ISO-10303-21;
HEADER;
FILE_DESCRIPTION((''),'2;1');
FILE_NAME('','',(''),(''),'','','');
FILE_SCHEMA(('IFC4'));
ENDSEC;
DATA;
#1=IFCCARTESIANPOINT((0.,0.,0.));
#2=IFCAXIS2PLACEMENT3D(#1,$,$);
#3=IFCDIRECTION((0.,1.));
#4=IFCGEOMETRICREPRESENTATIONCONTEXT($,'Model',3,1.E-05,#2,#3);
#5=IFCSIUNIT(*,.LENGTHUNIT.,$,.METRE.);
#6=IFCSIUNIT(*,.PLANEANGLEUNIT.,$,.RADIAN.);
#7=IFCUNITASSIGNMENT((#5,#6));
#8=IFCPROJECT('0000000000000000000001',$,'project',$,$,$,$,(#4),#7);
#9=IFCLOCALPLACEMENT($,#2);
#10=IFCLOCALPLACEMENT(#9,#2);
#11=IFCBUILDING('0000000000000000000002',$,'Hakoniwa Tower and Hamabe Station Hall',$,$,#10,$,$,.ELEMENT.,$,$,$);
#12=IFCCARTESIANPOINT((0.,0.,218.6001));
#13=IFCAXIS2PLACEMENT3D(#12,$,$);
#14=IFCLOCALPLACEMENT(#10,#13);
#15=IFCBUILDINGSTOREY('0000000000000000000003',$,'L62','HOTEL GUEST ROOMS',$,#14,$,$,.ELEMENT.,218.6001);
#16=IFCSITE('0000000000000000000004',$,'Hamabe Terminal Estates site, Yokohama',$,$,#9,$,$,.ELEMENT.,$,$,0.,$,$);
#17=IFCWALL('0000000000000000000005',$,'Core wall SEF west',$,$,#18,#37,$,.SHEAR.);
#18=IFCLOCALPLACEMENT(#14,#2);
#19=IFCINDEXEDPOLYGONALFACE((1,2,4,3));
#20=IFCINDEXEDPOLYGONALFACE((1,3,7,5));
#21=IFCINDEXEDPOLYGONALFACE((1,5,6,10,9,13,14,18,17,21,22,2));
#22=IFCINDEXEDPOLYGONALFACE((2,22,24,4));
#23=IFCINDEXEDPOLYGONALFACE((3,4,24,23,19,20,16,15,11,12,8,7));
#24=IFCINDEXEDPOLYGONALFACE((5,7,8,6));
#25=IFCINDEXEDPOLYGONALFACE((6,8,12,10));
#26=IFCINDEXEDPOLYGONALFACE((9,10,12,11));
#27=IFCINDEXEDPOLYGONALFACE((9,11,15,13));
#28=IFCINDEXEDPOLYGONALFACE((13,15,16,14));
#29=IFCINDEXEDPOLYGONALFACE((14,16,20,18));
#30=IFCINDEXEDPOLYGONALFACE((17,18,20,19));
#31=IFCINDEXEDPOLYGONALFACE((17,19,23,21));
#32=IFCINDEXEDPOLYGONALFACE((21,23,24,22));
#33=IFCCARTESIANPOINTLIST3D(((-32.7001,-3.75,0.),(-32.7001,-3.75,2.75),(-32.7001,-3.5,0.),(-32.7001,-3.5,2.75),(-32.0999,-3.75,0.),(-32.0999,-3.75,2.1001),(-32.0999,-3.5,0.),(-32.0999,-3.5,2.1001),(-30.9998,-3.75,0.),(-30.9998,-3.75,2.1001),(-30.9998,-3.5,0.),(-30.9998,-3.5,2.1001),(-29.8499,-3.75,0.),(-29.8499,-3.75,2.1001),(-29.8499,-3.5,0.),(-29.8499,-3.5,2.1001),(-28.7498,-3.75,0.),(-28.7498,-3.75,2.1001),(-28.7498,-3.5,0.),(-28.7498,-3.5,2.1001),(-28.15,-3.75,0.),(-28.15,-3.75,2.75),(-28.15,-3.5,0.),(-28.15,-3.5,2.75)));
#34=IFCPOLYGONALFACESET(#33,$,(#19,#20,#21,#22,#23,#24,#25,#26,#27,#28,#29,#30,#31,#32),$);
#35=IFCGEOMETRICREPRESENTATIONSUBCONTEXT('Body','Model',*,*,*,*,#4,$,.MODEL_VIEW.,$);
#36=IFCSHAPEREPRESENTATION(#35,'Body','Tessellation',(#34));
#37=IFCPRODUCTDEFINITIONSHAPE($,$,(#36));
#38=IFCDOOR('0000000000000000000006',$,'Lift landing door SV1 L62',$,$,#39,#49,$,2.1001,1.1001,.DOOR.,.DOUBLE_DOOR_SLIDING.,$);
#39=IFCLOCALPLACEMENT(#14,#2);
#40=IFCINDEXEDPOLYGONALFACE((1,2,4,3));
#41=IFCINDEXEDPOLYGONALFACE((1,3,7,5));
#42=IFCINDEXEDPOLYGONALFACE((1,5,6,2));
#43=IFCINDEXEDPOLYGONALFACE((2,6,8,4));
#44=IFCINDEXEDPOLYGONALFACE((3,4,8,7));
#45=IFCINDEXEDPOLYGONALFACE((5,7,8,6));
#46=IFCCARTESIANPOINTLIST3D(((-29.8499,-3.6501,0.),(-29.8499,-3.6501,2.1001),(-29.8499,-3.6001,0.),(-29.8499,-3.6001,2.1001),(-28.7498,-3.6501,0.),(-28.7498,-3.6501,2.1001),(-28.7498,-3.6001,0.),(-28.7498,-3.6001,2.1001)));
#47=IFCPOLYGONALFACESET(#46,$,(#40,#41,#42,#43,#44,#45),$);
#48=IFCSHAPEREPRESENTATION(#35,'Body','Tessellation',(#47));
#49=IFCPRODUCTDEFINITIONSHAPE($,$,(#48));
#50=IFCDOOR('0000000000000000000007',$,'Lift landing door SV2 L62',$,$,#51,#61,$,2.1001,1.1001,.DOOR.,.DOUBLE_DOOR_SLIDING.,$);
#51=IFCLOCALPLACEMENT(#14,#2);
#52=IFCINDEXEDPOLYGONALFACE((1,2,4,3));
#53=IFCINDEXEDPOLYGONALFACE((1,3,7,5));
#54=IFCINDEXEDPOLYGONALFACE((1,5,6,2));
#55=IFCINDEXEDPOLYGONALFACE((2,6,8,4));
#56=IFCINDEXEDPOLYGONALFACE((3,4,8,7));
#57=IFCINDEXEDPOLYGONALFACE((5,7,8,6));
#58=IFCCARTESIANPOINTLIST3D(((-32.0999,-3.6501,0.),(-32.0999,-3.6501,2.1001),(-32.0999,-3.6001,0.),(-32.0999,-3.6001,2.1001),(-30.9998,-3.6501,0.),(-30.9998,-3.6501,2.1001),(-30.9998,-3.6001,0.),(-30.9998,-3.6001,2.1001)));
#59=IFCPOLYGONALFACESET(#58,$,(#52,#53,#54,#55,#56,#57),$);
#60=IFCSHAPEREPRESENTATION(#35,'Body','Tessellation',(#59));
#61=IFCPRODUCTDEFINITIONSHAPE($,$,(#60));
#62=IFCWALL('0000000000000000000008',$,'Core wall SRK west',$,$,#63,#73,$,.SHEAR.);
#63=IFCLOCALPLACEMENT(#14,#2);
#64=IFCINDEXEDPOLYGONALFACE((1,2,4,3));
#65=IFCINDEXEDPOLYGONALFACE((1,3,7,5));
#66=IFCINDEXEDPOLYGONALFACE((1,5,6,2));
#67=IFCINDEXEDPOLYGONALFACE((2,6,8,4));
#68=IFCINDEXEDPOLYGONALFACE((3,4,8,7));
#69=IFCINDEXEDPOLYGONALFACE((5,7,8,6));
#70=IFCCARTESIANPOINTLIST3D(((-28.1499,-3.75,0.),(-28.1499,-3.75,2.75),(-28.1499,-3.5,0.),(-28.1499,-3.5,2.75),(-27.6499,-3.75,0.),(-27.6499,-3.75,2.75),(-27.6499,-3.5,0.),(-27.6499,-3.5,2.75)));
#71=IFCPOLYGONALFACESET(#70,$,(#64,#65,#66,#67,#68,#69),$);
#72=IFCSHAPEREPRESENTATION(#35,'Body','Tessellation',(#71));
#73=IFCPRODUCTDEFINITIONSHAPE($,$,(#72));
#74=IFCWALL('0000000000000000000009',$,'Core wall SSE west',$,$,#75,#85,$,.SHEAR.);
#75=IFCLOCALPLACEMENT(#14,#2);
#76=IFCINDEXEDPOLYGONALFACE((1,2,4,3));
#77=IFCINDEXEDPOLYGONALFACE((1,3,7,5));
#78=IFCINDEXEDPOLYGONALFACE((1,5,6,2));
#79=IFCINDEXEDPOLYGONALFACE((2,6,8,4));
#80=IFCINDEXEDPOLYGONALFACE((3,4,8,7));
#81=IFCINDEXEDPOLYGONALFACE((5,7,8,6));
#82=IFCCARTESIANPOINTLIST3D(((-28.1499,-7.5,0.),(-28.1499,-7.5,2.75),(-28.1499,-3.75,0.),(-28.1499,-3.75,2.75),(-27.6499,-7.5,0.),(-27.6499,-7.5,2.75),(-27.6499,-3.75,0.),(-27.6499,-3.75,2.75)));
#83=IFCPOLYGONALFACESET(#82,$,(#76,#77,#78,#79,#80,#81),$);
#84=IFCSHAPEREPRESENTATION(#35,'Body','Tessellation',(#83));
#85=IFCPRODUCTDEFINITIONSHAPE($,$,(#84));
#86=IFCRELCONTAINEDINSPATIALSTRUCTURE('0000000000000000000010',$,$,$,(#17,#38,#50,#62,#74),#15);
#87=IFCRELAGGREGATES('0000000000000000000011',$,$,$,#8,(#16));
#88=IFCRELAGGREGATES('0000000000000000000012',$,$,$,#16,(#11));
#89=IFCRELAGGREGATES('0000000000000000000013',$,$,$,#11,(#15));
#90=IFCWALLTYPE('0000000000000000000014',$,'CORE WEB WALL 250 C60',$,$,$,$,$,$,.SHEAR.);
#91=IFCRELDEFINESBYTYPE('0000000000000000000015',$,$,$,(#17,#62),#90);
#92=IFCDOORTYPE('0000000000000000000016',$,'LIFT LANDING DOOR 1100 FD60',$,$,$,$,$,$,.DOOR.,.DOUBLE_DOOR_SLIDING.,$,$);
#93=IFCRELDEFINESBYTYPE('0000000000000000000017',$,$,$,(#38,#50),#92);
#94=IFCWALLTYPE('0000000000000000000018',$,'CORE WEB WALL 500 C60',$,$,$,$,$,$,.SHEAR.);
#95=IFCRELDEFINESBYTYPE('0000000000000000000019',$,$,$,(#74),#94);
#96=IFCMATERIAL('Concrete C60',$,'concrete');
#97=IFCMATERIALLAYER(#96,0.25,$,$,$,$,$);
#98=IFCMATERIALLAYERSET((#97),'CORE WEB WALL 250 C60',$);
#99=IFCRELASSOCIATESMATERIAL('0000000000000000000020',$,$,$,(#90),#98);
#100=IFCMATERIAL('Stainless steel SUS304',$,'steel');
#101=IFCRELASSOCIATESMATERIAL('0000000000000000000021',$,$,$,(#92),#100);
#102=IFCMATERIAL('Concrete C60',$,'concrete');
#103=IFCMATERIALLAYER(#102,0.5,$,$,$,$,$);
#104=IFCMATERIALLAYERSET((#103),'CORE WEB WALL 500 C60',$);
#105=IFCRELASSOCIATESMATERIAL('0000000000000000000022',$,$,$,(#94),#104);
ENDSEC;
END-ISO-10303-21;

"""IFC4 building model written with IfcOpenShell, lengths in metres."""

from ifc_helpers import new_model, si_unit, direction, frame, frame_2d, origin, place, context, subcontext, project, spatial, rectangle, extrude, material, layer, layer_set, type_object, element, fill, save


model = new_model("IFC4")

# Units and contexts
model_context = context("Model", 3, precision=1e-05, world=origin(), true_north=direction((0.0, 1.0)))
body_context = subcontext(model_context, "Body", "Model", "MODEL_VIEW")
ifc_project = project(units=[si_unit("LENGTHUNIT", "METRE"), si_unit("PLANEANGLEUNIT", "RADIAN")], contexts=[model_context])

# Site, building, storey
site_placement = place(None, origin())
site = spatial("IfcSite", under=ifc_project, at=site_placement, Name="Hamabe Terminal Estates site, Yokohama", CompositionType="ELEMENT", RefElevation=0.0)
building_placement = place(site_placement, origin())
building = spatial("IfcBuilding", under=site, at=building_placement, Name="Hakoniwa Tower and Hamabe Station Hall", CompositionType="ELEMENT")
storey_placement = place(building_placement, frame((0.0, 0.0, 218.6001)))
storey = spatial("IfcBuildingStorey", under=building, at=storey_placement, Name="L62", Description="HOTEL GUEST ROOMS", CompositionType="ELEMENT", Elevation=218.6001)

# Shared definitions
ifc_material_1 = material(Name="Concrete C60", Category="concrete")
ifc_layer_1 = layer(ifc_material_1, 0.25)
ifc_layer_set_1 = layer_set([ifc_layer_1], Name="CORE WEB WALL 250 C60")
wall_type_1 = type_object("IfcWallType", Name="CORE WEB WALL 250 C60", PredefinedType="SHEAR", material=ifc_layer_set_1)

# Shared definitions
ifc_material_2 = material(Name="Stainless steel SUS304", Category="steel")
door_type_1 = type_object("IfcDoorType", Name="LIFT LANDING DOOR 1100 FD60", OperationType="DOUBLE_DOOR_SLIDING", PredefinedType="DOOR", material=ifc_material_2)

# Wall, openings, doors
wall_1_placement = place(storey_placement, frame((-32.7, -3.625, 0.0), z_axis=(0.0, 0.0, 1.0), x_axis=(1.0, 0.0, 0.0)))
wall_1 = element("IfcWall", 1, at=wall_1_placement, inside=storey, type_object=wall_type_1, Name="Core wall SEF west", PredefinedType="SHEAR", context=body_context, shape_type="SweptSolid", body=[
    extrude(rectangle(XDim=4.55, YDim=0.25, at=frame_2d((2.2749, 0.0))), origin(), (0.0, 0.0, 1.0), 2.75),
])
opening_1_placement = place(wall_1_placement, frame((2.8501, 0.0, 0.0)))
opening_1 = element("IfcOpeningElement", 2, at=opening_1_placement, cuts=wall_1, PredefinedType="OPENING", context=body_context, shape_type="SweptSolid", body=[
    extrude(rectangle(XDim=1.1001, YDim=2.1001, at=frame_2d((0.55, 1.05))), frame((0.0, 0.135, 0.0), z_axis=(0.0, -1.0, 0.0), x_axis=(1.0, 0.0, 0.0)), (0.0, 0.0, 1.0), 0.27),
])
opening_2_placement = place(wall_1_placement, frame((0.6001, 0.0, 0.0)))
opening_2 = element("IfcOpeningElement", 3, at=opening_2_placement, cuts=wall_1, PredefinedType="OPENING", context=body_context, shape_type="SweptSolid", body=[
    extrude(rectangle(XDim=1.1001, YDim=2.1001, at=frame_2d((0.55, 1.05))), frame((0.0, 0.135, 0.0), z_axis=(0.0, -1.0, 0.0), x_axis=(1.0, 0.0, 0.0)), (0.0, 0.0, 1.0), 0.27),
])
door_1_placement = place(opening_1_placement, origin())
door_1 = element("IfcDoor", 4, at=door_1_placement, inside=storey, type_object=door_type_1, Name="Lift landing door SV1 L62", OperationType="DOUBLE_DOOR_SLIDING", OverallHeight=2.1001, OverallWidth=1.1001, PredefinedType="DOOR", context=body_context, shape_type="SweptSolid", body=[
    extrude(rectangle(XDim=1.1001, YDim=2.1001, at=frame_2d((0.55, 1.05))), frame((0.0, 0.0249, 0.0), z_axis=(0.0, -1.0, 0.0), x_axis=(1.0, 0.0, 0.0)), (0.0, 0.0, 1.0), 0.05),
])
fill(opening_1, door_1)
door_2_placement = place(opening_2_placement, origin())
door_2 = element("IfcDoor", 5, at=door_2_placement, inside=storey, type_object=door_type_1, Name="Lift landing door SV2 L62", OperationType="DOUBLE_DOOR_SLIDING", OverallHeight=2.1001, OverallWidth=1.1001, PredefinedType="DOOR", context=body_context, shape_type="SweptSolid", body=[
    extrude(rectangle(XDim=1.1001, YDim=2.1001, at=frame_2d((0.55, 1.05))), frame((0.0, 0.0249, 0.0), z_axis=(0.0, -1.0, 0.0), x_axis=(1.0, 0.0, 0.0)), (0.0, 0.0, 1.0), 0.05),
])
fill(opening_2, door_2)

# Walls
wall_2_placement = place(storey_placement, frame((-28.1499, -3.625, 0.0), z_axis=(0.0, 0.0, 1.0), x_axis=(1.0, 0.0, 0.0)))
element("IfcWall", 6, at=wall_2_placement, inside=storey, type_object=wall_type_1, Name="Core wall SRK west", PredefinedType="SHEAR", context=body_context, shape_type="SweptSolid", body=[
    extrude(rectangle(XDim=0.5, YDim=0.25, at=frame_2d((0.25, 0.0))), origin(), (0.0, 0.0, 1.0), 2.75),
])
ifc_material_3 = material(Name="Concrete C60", Category="concrete")
ifc_layer_2 = layer(ifc_material_3, 0.5)
ifc_layer_set_2 = layer_set([ifc_layer_2], Name="CORE WEB WALL 500 C60")
wall_type_2 = type_object("IfcWallType", Name="CORE WEB WALL 500 C60", PredefinedType="SHEAR", material=ifc_layer_set_2)
wall_3_placement = place(storey_placement, frame((-27.8999, -7.5, 0.0), z_axis=(0.0, 0.0, 1.0), x_axis=(0.0, 1.0, 0.0)))
element("IfcWall", 7, at=wall_3_placement, inside=storey, type_object=wall_type_2, Name="Core wall SSE west", PredefinedType="SHEAR", context=body_context, shape_type="SweptSolid", body=[
    extrude(rectangle(XDim=3.75, YDim=0.5, at=frame_2d((1.875, 0.0))), origin(), (0.0, 0.0, 1.0), 2.75),
])

save(model, "model.ifc")
